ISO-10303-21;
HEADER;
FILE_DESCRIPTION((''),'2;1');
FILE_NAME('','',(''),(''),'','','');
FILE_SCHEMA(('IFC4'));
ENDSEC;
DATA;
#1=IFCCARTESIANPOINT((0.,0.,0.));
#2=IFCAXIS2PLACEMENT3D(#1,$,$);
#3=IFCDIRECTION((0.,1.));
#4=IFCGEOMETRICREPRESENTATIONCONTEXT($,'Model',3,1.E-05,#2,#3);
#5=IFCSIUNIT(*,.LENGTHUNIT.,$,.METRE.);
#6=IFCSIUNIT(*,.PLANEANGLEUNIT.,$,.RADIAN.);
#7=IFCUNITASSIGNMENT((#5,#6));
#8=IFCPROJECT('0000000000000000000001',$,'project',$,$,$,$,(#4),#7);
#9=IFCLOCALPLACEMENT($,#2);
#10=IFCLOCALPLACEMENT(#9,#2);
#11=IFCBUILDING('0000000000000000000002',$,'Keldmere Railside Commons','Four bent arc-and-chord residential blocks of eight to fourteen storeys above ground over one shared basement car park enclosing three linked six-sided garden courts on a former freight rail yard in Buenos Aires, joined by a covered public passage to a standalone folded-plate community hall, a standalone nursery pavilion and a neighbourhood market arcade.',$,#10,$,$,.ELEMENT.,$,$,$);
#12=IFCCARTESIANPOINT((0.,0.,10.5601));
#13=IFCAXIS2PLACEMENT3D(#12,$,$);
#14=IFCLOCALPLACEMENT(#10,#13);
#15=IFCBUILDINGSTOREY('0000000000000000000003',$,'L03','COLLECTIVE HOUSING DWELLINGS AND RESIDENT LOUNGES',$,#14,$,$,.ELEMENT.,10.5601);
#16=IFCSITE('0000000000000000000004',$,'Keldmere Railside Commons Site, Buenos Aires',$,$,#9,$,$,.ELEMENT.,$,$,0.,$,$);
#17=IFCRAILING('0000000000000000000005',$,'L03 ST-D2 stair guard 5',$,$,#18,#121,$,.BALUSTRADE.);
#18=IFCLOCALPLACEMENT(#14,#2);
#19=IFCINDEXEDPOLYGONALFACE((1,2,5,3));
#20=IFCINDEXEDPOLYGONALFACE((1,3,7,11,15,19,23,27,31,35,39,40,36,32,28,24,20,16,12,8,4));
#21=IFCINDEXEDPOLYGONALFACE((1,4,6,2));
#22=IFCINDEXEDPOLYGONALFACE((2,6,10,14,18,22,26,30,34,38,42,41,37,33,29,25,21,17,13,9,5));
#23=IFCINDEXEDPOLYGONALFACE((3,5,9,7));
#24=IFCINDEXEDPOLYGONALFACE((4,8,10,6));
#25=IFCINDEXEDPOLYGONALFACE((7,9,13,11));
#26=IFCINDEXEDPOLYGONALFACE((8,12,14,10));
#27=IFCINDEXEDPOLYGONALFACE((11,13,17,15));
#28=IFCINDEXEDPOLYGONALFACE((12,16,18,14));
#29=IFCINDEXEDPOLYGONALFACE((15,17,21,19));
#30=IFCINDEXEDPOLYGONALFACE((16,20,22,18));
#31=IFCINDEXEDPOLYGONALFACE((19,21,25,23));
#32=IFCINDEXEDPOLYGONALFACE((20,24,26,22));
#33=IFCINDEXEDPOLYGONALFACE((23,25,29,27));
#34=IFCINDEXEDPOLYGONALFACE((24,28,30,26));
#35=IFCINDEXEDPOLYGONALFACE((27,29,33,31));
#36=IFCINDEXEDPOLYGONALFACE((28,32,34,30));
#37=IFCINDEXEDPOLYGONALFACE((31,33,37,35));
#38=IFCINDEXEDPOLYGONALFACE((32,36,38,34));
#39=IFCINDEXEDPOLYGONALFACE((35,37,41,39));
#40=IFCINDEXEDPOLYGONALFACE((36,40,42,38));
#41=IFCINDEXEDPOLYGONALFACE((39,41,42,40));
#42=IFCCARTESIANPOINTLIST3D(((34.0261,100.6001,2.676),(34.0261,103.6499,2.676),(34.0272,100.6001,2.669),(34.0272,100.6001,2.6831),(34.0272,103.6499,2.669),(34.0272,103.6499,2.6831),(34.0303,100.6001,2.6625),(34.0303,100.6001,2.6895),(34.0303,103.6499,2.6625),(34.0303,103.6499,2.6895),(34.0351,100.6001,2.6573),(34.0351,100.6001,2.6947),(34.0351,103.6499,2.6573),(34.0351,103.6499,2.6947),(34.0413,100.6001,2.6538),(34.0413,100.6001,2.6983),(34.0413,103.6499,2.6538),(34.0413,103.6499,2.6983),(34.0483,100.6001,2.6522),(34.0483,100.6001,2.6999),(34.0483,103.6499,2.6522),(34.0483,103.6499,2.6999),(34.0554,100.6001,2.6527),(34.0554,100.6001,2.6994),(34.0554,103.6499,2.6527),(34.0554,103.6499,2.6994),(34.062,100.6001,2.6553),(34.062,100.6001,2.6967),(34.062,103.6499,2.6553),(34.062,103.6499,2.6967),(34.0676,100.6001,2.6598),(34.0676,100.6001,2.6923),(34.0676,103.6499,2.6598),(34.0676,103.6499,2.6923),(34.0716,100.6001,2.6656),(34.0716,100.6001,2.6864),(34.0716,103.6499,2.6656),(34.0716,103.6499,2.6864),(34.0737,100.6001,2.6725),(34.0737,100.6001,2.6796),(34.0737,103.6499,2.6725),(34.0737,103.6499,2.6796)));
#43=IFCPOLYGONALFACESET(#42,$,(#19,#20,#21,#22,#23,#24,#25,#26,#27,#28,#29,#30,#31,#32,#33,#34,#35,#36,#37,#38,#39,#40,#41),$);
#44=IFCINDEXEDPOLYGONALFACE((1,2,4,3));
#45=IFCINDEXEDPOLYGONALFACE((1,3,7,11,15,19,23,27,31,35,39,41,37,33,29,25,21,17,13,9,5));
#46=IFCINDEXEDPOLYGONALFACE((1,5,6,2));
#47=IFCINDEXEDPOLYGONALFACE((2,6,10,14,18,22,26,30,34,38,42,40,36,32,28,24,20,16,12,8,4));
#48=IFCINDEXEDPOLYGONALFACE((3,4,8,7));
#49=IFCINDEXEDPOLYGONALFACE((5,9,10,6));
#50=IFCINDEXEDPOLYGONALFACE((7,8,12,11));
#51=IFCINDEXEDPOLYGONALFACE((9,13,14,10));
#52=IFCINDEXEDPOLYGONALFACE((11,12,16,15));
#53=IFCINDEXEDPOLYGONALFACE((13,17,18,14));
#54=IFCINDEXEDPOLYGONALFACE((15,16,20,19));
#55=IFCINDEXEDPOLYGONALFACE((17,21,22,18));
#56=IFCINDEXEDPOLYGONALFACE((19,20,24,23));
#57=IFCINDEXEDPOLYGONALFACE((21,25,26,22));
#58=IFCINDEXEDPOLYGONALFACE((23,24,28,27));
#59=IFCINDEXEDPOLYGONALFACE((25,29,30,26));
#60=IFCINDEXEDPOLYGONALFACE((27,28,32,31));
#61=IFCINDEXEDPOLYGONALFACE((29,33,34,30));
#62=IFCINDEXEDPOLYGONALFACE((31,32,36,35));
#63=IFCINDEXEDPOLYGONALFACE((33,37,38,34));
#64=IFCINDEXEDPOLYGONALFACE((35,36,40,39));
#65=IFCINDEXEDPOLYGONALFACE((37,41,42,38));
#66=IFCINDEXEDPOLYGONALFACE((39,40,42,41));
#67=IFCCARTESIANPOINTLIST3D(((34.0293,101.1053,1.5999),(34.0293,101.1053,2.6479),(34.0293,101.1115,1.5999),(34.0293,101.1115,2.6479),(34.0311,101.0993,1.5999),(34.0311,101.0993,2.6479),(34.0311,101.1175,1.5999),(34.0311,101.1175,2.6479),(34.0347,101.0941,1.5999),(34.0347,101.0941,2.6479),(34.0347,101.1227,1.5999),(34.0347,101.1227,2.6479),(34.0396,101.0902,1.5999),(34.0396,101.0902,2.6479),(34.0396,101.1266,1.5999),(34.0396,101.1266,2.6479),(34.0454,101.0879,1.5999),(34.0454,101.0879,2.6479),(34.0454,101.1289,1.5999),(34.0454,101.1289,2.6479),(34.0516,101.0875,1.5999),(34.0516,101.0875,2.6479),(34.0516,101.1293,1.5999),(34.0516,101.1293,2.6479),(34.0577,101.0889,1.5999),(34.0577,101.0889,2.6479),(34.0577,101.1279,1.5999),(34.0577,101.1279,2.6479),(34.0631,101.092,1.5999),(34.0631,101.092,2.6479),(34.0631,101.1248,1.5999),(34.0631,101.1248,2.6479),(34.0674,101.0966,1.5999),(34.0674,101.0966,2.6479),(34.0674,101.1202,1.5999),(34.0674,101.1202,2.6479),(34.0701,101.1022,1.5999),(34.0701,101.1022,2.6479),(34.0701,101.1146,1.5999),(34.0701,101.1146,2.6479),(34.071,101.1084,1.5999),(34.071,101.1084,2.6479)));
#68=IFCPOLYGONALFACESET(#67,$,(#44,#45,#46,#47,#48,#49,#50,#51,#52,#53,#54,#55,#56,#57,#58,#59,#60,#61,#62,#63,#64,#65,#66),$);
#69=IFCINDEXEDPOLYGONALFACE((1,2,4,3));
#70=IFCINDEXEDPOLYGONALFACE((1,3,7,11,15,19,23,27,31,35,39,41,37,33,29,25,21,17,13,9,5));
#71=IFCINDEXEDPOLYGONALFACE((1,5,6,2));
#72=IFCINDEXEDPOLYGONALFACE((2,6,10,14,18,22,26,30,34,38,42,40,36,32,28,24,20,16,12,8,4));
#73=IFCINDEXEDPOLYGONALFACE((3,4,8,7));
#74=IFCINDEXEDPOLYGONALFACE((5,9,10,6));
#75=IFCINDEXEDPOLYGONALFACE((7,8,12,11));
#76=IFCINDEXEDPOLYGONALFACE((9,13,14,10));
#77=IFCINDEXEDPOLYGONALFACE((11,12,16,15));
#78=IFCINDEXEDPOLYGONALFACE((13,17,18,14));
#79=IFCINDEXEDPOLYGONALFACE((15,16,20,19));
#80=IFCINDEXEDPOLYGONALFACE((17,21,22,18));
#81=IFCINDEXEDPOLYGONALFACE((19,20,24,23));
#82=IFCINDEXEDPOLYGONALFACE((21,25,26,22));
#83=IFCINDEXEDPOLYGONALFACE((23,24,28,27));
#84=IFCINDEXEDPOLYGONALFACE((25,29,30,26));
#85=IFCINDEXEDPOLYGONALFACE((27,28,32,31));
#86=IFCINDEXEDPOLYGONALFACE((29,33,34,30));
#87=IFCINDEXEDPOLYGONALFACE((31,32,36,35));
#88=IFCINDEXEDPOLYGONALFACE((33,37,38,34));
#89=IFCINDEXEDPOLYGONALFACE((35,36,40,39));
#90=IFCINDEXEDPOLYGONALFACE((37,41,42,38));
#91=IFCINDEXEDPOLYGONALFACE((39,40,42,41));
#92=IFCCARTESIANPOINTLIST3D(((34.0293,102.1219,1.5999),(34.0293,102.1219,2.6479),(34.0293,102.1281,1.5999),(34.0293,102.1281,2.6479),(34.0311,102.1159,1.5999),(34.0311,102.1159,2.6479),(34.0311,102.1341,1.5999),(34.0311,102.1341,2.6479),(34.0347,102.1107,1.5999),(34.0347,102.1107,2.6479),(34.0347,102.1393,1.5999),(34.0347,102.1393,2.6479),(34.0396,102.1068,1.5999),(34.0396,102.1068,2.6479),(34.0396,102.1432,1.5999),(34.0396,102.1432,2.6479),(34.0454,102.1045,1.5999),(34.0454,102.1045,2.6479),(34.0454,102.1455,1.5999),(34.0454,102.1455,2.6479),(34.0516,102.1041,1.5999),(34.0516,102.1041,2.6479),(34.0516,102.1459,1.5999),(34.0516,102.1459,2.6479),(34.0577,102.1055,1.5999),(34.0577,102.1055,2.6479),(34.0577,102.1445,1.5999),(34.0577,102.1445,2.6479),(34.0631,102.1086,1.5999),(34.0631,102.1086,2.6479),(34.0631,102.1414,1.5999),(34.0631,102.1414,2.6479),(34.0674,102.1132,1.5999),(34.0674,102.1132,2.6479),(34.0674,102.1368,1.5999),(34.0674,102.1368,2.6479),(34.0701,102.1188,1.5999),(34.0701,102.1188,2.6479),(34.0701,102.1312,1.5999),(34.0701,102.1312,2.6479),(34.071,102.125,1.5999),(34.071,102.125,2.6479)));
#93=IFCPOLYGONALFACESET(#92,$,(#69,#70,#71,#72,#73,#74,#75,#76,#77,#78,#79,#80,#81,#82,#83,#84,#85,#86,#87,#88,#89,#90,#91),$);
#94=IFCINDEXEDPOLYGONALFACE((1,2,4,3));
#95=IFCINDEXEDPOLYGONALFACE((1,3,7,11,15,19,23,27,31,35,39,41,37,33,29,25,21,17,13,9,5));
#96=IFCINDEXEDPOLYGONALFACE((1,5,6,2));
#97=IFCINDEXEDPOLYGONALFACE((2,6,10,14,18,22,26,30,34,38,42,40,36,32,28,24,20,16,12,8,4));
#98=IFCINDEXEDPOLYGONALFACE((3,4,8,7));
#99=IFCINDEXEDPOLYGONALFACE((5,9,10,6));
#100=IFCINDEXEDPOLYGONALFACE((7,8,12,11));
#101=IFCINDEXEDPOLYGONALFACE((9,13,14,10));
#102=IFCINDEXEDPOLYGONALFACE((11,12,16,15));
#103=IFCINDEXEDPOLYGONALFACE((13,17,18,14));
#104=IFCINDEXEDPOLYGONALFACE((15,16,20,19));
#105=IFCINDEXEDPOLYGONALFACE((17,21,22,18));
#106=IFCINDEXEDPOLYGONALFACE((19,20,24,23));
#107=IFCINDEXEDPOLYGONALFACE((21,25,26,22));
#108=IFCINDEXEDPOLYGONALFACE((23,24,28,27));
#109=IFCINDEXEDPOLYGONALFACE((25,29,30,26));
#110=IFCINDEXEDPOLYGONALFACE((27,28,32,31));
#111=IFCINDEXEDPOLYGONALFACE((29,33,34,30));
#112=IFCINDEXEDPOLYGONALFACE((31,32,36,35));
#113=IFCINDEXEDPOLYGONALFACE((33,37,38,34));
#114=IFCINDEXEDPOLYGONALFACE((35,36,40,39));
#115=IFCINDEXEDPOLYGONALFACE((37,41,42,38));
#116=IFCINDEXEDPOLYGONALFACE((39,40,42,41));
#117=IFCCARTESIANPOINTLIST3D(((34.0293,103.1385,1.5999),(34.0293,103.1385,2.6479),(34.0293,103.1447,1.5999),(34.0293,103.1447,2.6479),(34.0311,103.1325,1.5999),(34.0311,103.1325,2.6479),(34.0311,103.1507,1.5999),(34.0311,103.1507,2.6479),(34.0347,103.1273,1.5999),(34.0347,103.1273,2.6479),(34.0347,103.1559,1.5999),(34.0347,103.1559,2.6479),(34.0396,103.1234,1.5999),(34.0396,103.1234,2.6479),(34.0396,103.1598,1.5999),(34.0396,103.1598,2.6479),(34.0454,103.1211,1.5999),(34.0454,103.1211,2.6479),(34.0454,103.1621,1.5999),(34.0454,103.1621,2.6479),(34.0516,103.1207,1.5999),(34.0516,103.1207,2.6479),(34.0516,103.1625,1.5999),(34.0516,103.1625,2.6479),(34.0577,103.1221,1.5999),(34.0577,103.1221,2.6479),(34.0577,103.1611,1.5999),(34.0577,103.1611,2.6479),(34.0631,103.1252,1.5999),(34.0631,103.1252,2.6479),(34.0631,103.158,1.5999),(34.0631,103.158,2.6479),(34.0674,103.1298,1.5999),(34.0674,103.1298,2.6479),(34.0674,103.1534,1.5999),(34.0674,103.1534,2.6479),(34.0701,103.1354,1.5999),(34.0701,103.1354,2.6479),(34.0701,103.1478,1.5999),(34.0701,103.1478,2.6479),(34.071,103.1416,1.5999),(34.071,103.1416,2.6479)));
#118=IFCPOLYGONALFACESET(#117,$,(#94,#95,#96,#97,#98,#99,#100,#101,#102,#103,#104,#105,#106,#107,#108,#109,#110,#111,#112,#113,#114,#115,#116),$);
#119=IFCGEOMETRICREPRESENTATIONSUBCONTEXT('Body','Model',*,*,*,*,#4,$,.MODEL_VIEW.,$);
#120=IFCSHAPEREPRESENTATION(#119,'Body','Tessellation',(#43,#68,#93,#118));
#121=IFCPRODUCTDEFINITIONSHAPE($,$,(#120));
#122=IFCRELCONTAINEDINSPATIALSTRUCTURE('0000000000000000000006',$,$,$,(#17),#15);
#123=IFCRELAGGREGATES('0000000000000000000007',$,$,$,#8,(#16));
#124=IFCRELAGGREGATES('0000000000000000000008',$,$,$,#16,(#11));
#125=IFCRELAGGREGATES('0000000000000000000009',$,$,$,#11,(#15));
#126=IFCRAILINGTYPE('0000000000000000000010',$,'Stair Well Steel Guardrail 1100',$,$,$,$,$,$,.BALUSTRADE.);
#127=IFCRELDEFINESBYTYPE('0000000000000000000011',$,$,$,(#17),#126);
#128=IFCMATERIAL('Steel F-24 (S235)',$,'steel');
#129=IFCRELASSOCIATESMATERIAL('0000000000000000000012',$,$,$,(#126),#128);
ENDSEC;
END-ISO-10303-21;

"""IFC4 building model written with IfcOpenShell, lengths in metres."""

from ifc_helpers import new_model, si_unit, direction, frame, origin, origin_2d, place, context, subcontext, project, spatial, circle, extrude, material, type_object, element, save


model = new_model("IFC4")

# Units and contexts
model_context = context("Model", 3, precision=1e-05, world=origin(), true_north=direction((0.0, 1.0)))
body_context = subcontext(model_context, "Body", "Model", "MODEL_VIEW")
ifc_project = project(units=[si_unit("LENGTHUNIT", "METRE"), si_unit("PLANEANGLEUNIT", "RADIAN")], contexts=[model_context])

# Site, building, storey
site_placement = place(None, origin())
site = spatial("IfcSite", under=ifc_project, at=site_placement, Name="Keldmere Railside Commons Site, Buenos Aires", CompositionType="ELEMENT", RefElevation=0.0)
building_placement = place(site_placement, origin())
building = spatial("IfcBuilding", under=site, at=building_placement, Name="Keldmere Railside Commons", Description="Four bent arc-and-chord residential blocks of eight to fourteen storeys above ground over one shared basement car park enclosing three linked six-sided garden courts on a former freight rail yard in Buenos Aires, joined by a covered public passage to a standalone folded-plate community hall, a standalone nursery pavilion and a neighbourhood market arcade.", CompositionType="ELEMENT")
storey_placement = place(building_placement, frame((0.0, 0.0, 10.5601)))
storey = spatial("IfcBuildingStorey", under=building, at=storey_placement, Name="L03", Description="COLLECTIVE HOUSING DWELLINGS AND RESIDENT LOUNGES", CompositionType="ELEMENT", Elevation=10.5601)

# Railing
ifc_material_1 = material(Name="Steel F-24 (S235)", Category="steel")
railing_type_1 = type_object("IfcRailingType", Name="Stair Well Steel Guardrail 1100", PredefinedType="BALUSTRADE", material=ifc_material_1)
railing_1_placement = place(storey_placement, frame((34.05, 100.6001, 1.5999)))
element("IfcRailing", 1, at=railing_1_placement, inside=storey, type_object=railing_type_1, Name="L03 ST-D2 stair guard 5", PredefinedType="BALUSTRADE", context=body_context, shape_type="SweptSolid", body=[
    extrude(circle(Radius=0.0239, at=origin_2d()), frame((0.0, 0.0, 1.0762), z_axis=(0.0, 1.0, 0.0), x_axis=(-1.0, 0.0, 0.0)), (0.0, 0.0, 1.0), 3.0498),
    extrude(circle(Radius=0.021, at=origin_2d()), frame((0.0, 0.5083, 0.0)), (0.0, 0.0, 1.0), 1.0481),
    extrude(circle(Radius=0.021, at=origin_2d()), frame((0.0, 1.5249, 0.0)), (0.0, 0.0, 1.0), 1.0481),
    extrude(circle(Radius=0.021, at=origin_2d()), frame((0.0, 2.5415, 0.0)), (0.0, 0.0, 1.0), 1.0481),
])

save(model, "model.ifc")
